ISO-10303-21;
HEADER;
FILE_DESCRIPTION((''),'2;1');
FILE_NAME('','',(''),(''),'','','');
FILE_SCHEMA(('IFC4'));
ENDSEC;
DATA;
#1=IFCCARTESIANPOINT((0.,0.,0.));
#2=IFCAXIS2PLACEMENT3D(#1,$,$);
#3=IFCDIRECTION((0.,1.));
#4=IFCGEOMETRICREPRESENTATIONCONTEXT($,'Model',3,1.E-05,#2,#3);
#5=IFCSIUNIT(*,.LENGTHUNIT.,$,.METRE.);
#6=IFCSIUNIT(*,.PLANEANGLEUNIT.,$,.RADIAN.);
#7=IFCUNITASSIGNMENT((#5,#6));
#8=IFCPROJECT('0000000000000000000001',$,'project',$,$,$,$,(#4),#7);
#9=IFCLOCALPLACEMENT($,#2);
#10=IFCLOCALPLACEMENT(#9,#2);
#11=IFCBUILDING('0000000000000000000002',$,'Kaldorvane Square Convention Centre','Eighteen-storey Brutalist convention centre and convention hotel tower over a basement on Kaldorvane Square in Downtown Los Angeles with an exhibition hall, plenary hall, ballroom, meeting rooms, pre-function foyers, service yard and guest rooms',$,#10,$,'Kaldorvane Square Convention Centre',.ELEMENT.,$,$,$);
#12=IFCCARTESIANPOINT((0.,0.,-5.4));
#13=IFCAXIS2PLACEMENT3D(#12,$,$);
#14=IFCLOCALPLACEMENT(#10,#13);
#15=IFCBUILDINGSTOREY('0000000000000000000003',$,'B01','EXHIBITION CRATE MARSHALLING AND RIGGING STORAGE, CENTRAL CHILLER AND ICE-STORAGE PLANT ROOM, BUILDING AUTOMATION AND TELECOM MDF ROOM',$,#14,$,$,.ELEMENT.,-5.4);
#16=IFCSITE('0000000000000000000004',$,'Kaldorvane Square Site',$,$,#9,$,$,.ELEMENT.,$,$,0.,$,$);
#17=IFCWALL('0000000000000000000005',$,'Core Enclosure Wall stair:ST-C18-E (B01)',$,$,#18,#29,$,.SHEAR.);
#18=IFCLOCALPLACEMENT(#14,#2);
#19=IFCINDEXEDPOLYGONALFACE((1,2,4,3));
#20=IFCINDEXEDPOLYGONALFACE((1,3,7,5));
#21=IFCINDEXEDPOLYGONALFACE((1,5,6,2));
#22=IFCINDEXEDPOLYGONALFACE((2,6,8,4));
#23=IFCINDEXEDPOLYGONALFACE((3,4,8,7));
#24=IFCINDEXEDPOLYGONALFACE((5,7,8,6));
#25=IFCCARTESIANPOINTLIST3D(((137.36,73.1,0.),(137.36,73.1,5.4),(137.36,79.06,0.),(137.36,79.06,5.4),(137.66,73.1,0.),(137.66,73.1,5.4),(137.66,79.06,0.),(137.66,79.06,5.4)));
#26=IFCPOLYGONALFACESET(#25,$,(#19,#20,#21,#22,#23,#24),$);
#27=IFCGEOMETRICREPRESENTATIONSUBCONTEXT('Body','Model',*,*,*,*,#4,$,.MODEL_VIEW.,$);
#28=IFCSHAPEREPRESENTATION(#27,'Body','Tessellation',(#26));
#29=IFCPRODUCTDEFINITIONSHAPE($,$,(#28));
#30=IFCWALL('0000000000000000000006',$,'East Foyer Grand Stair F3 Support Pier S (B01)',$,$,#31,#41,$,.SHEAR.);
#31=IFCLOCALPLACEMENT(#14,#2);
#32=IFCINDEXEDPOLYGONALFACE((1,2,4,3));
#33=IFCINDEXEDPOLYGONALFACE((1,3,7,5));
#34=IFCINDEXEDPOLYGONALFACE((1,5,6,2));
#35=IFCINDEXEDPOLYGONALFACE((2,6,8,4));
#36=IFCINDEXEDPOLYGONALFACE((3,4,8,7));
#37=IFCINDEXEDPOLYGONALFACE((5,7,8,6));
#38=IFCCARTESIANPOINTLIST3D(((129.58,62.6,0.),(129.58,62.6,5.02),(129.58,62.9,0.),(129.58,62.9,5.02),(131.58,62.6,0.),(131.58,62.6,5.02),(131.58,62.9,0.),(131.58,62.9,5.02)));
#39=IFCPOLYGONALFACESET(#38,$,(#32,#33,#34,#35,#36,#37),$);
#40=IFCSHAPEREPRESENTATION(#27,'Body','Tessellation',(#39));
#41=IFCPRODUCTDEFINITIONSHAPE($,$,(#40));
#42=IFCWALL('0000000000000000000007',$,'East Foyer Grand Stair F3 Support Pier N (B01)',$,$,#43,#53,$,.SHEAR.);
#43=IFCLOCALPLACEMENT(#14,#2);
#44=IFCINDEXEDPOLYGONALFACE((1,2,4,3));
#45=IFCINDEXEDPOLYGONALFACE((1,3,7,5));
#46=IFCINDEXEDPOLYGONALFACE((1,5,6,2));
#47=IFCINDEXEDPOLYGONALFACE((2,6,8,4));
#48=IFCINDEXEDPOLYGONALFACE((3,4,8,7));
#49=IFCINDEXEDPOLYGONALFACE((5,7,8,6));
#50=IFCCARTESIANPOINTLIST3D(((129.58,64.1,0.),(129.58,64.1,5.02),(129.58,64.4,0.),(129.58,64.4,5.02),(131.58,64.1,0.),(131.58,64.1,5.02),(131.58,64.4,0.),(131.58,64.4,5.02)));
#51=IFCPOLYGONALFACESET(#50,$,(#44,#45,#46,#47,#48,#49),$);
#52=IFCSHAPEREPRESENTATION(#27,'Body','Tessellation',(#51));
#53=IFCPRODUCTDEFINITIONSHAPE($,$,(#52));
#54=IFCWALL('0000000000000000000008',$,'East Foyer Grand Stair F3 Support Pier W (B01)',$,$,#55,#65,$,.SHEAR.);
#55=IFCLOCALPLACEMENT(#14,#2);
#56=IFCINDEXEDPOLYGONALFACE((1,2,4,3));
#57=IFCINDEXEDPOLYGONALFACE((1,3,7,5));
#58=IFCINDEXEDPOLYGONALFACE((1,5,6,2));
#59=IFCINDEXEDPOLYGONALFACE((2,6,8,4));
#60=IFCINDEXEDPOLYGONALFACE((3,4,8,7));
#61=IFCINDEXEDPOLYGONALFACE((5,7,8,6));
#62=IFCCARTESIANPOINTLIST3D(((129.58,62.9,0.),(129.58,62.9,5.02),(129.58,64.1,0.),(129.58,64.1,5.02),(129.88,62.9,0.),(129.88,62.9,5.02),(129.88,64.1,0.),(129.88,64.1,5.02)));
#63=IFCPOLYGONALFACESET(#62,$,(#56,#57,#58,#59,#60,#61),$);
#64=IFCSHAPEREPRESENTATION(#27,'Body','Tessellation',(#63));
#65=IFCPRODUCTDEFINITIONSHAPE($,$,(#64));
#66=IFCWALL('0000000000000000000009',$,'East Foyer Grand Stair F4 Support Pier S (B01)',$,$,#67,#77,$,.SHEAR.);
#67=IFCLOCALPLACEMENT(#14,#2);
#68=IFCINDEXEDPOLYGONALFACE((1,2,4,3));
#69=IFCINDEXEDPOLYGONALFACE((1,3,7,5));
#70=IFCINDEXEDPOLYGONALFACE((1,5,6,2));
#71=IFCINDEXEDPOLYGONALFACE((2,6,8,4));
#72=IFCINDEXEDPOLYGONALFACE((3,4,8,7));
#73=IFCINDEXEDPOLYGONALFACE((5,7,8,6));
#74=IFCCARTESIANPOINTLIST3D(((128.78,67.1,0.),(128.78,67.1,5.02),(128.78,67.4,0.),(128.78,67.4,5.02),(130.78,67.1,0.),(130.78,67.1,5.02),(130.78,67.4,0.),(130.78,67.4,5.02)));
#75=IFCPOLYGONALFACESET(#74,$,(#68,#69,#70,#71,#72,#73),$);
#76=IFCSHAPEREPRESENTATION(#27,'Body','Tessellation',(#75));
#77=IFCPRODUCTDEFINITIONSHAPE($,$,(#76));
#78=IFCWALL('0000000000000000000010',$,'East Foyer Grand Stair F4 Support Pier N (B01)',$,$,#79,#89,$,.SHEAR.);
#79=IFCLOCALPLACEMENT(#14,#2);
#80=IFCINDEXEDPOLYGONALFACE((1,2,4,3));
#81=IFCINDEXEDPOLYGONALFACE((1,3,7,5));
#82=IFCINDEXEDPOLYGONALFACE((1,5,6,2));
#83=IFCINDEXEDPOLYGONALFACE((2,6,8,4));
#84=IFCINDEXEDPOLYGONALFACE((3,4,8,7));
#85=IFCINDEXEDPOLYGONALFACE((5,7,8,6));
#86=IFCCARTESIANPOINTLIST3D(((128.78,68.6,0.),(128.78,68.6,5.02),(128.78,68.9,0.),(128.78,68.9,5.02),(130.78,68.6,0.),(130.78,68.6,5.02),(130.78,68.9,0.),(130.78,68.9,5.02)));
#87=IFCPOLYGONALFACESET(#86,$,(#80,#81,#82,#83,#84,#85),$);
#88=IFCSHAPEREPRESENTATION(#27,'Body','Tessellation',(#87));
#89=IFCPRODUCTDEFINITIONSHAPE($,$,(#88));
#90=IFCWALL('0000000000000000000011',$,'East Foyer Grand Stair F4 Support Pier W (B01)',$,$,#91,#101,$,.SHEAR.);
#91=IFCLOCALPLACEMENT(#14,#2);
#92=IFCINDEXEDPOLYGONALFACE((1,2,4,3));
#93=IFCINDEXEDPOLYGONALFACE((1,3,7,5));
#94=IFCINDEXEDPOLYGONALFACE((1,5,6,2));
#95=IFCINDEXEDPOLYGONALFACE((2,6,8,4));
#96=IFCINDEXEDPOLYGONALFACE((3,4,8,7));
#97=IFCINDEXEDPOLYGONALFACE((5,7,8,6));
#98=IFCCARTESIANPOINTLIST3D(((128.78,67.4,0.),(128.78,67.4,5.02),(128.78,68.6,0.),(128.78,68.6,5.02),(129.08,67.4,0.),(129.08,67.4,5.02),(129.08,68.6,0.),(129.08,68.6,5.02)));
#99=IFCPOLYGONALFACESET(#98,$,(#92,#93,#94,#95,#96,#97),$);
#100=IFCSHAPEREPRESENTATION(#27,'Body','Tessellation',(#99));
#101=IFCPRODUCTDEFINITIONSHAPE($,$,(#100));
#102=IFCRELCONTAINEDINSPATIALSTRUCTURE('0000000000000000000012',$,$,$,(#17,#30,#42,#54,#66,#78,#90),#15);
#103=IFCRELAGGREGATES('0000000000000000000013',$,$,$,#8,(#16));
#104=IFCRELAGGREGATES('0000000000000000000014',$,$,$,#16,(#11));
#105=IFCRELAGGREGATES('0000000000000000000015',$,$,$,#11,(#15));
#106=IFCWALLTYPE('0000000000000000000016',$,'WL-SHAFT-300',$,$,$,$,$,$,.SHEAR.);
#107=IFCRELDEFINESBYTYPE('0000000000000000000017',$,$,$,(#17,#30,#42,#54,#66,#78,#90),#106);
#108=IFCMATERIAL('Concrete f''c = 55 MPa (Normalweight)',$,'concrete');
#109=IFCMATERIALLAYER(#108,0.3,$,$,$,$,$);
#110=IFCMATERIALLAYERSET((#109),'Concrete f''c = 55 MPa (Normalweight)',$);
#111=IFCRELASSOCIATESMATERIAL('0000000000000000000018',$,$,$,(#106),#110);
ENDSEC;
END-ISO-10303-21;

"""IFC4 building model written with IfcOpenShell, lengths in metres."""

from ifc_helpers import new_model, si_unit, direction, frame, frame_2d, origin, place, context, subcontext, project, spatial, rectangle, extrude, material, layer, layer_set, type_object, element, save


model = new_model("IFC4")

# Units and contexts
model_context = context("Model", 3, precision=1e-05, world=origin(), true_north=direction((0.0, 1.0)))
body_context = subcontext(model_context, "Body", "Model", "MODEL_VIEW")
ifc_project = project(units=[si_unit("LENGTHUNIT", "METRE"), si_unit("PLANEANGLEUNIT", "RADIAN")], contexts=[model_context])

# Site, building, storey
site_placement = place(None, origin())
site = spatial("IfcSite", under=ifc_project, at=site_placement, Name="Kaldorvane Square Site", CompositionType="ELEMENT", RefElevation=0.0)
building_placement = place(site_placement, origin())
building = spatial("IfcBuilding", under=site, at=building_placement, Name="Kaldorvane Square Convention Centre", Description="Eighteen-storey Brutalist convention centre and convention hotel tower over a basement on Kaldorvane Square in Downtown Los Angeles with an exhibition hall, plenary hall, ballroom, meeting rooms, pre-function foyers, service yard and guest rooms", LongName="Kaldorvane Square Convention Centre", CompositionType="ELEMENT")
storey_placement = place(building_placement, frame((0.0, 0.0, -5.4)))
storey = spatial("IfcBuildingStorey", under=building, at=storey_placement, Name="B01", Description="EXHIBITION CRATE MARSHALLING AND RIGGING STORAGE, CENTRAL CHILLER AND ICE-STORAGE PLANT ROOM, BUILDING AUTOMATION AND TELECOM MDF ROOM", CompositionType="ELEMENT", Elevation=-5.4)

# Walls
ifc_material_1 = material(Name="Concrete f'c = 55 MPa (Normalweight)", Category="concrete")
ifc_layer = layer(ifc_material_1, 0.3)
ifc_layer_set = layer_set([ifc_layer], Name="Concrete f'c = 55 MPa (Normalweight)")
wall_type = type_object("IfcWallType", Name="WL-SHAFT-300", PredefinedType="SHEAR", material=ifc_layer_set)
wall_1_placement = place(storey_placement, frame((137.51, 73.1, 0.0), z_axis=(0.0, 0.0, 1.0), x_axis=(0.0, 1.0, 0.0)))
element("IfcWall", 1, at=wall_1_placement, inside=storey, type_object=wall_type, Name="Core Enclosure Wall stair:ST-C18-E (B01)", PredefinedType="SHEAR", context=body_context, shape_type="SweptSolid", body=[
    extrude(rectangle(XDim=5.96, YDim=0.3, at=frame_2d((2.98, 0.0))), origin(), (0.0, 0.0, 1.0), 5.4),
])
for number, where, z_axis, x_axis, name in (
    (2, (129.58, 62.75, 0.0), (0.0, 0.0, 1.0), (1.0, 0.0, 0.0), "East Foyer Grand Stair F3 Support Pier S (B01)"),
    (3, (129.58, 64.25, 0.0), (0.0, 0.0, 1.0), (1.0, 0.0, 0.0), "East Foyer Grand Stair F3 Support Pier N (B01)"),
):
    element("IfcWall", number, at=place(storey_placement, frame(where, z_axis=z_axis, x_axis=x_axis)), inside=storey, type_object=wall_type, Name=name, PredefinedType="SHEAR", context=body_context, shape_type="SweptSolid", body=[
        extrude(rectangle(XDim=2.0, YDim=0.3, at=frame_2d((1.0, 0.0))), origin(), (0.0, 0.0, 1.0), 5.02),
    ])
wall_2_placement = place(storey_placement, frame((129.73, 62.9, 0.0), z_axis=(0.0, 0.0, 1.0), x_axis=(0.0, 1.0, 0.0)))
element("IfcWall", 4, at=wall_2_placement, inside=storey, type_object=wall_type, Name="East Foyer Grand Stair F3 Support Pier W (B01)", PredefinedType="SHEAR", context=body_context, shape_type="SweptSolid", body=[
    extrude(rectangle(XDim=1.2, YDim=0.3, at=frame_2d((0.6, 0.0))), origin(), (0.0, 0.0, 1.0), 5.02),
])
for number, where, z_axis, x_axis, name in (
    (5, (128.78, 67.25, 0.0), (0.0, 0.0, 1.0), (1.0, 0.0, 0.0), "East Foyer Grand Stair F4 Support Pier S (B01)"),
    (6, (128.78, 68.75, 0.0), (0.0, 0.0, 1.0), (1.0, 0.0, 0.0), "East Foyer Grand Stair F4 Support Pier N (B01)"),
):
    element("IfcWall", number, at=place(storey_placement, frame(where, z_axis=z_axis, x_axis=x_axis)), inside=storey, type_object=wall_type, Name=name, PredefinedType="SHEAR", context=body_context, shape_type="SweptSolid", body=[
        extrude(rectangle(XDim=2.0, YDim=0.3, at=frame_2d((1.0, 0.0))), origin(), (0.0, 0.0, 1.0), 5.02),
    ])
wall_3_placement = place(storey_placement, frame((128.93, 67.4, 0.0), z_axis=(0.0, 0.0, 1.0), x_axis=(0.0, 1.0, 0.0)))
element("IfcWall", 7, at=wall_3_placement, inside=storey, type_object=wall_type, Name="East Foyer Grand Stair F4 Support Pier W (B01)", PredefinedType="SHEAR", context=body_context, shape_type="SweptSolid", body=[
    extrude(rectangle(XDim=1.2, YDim=0.3, at=frame_2d((0.6, 0.0))), origin(), (0.0, 0.0, 1.0), 5.02),
])

save(model, "model.ifc")
